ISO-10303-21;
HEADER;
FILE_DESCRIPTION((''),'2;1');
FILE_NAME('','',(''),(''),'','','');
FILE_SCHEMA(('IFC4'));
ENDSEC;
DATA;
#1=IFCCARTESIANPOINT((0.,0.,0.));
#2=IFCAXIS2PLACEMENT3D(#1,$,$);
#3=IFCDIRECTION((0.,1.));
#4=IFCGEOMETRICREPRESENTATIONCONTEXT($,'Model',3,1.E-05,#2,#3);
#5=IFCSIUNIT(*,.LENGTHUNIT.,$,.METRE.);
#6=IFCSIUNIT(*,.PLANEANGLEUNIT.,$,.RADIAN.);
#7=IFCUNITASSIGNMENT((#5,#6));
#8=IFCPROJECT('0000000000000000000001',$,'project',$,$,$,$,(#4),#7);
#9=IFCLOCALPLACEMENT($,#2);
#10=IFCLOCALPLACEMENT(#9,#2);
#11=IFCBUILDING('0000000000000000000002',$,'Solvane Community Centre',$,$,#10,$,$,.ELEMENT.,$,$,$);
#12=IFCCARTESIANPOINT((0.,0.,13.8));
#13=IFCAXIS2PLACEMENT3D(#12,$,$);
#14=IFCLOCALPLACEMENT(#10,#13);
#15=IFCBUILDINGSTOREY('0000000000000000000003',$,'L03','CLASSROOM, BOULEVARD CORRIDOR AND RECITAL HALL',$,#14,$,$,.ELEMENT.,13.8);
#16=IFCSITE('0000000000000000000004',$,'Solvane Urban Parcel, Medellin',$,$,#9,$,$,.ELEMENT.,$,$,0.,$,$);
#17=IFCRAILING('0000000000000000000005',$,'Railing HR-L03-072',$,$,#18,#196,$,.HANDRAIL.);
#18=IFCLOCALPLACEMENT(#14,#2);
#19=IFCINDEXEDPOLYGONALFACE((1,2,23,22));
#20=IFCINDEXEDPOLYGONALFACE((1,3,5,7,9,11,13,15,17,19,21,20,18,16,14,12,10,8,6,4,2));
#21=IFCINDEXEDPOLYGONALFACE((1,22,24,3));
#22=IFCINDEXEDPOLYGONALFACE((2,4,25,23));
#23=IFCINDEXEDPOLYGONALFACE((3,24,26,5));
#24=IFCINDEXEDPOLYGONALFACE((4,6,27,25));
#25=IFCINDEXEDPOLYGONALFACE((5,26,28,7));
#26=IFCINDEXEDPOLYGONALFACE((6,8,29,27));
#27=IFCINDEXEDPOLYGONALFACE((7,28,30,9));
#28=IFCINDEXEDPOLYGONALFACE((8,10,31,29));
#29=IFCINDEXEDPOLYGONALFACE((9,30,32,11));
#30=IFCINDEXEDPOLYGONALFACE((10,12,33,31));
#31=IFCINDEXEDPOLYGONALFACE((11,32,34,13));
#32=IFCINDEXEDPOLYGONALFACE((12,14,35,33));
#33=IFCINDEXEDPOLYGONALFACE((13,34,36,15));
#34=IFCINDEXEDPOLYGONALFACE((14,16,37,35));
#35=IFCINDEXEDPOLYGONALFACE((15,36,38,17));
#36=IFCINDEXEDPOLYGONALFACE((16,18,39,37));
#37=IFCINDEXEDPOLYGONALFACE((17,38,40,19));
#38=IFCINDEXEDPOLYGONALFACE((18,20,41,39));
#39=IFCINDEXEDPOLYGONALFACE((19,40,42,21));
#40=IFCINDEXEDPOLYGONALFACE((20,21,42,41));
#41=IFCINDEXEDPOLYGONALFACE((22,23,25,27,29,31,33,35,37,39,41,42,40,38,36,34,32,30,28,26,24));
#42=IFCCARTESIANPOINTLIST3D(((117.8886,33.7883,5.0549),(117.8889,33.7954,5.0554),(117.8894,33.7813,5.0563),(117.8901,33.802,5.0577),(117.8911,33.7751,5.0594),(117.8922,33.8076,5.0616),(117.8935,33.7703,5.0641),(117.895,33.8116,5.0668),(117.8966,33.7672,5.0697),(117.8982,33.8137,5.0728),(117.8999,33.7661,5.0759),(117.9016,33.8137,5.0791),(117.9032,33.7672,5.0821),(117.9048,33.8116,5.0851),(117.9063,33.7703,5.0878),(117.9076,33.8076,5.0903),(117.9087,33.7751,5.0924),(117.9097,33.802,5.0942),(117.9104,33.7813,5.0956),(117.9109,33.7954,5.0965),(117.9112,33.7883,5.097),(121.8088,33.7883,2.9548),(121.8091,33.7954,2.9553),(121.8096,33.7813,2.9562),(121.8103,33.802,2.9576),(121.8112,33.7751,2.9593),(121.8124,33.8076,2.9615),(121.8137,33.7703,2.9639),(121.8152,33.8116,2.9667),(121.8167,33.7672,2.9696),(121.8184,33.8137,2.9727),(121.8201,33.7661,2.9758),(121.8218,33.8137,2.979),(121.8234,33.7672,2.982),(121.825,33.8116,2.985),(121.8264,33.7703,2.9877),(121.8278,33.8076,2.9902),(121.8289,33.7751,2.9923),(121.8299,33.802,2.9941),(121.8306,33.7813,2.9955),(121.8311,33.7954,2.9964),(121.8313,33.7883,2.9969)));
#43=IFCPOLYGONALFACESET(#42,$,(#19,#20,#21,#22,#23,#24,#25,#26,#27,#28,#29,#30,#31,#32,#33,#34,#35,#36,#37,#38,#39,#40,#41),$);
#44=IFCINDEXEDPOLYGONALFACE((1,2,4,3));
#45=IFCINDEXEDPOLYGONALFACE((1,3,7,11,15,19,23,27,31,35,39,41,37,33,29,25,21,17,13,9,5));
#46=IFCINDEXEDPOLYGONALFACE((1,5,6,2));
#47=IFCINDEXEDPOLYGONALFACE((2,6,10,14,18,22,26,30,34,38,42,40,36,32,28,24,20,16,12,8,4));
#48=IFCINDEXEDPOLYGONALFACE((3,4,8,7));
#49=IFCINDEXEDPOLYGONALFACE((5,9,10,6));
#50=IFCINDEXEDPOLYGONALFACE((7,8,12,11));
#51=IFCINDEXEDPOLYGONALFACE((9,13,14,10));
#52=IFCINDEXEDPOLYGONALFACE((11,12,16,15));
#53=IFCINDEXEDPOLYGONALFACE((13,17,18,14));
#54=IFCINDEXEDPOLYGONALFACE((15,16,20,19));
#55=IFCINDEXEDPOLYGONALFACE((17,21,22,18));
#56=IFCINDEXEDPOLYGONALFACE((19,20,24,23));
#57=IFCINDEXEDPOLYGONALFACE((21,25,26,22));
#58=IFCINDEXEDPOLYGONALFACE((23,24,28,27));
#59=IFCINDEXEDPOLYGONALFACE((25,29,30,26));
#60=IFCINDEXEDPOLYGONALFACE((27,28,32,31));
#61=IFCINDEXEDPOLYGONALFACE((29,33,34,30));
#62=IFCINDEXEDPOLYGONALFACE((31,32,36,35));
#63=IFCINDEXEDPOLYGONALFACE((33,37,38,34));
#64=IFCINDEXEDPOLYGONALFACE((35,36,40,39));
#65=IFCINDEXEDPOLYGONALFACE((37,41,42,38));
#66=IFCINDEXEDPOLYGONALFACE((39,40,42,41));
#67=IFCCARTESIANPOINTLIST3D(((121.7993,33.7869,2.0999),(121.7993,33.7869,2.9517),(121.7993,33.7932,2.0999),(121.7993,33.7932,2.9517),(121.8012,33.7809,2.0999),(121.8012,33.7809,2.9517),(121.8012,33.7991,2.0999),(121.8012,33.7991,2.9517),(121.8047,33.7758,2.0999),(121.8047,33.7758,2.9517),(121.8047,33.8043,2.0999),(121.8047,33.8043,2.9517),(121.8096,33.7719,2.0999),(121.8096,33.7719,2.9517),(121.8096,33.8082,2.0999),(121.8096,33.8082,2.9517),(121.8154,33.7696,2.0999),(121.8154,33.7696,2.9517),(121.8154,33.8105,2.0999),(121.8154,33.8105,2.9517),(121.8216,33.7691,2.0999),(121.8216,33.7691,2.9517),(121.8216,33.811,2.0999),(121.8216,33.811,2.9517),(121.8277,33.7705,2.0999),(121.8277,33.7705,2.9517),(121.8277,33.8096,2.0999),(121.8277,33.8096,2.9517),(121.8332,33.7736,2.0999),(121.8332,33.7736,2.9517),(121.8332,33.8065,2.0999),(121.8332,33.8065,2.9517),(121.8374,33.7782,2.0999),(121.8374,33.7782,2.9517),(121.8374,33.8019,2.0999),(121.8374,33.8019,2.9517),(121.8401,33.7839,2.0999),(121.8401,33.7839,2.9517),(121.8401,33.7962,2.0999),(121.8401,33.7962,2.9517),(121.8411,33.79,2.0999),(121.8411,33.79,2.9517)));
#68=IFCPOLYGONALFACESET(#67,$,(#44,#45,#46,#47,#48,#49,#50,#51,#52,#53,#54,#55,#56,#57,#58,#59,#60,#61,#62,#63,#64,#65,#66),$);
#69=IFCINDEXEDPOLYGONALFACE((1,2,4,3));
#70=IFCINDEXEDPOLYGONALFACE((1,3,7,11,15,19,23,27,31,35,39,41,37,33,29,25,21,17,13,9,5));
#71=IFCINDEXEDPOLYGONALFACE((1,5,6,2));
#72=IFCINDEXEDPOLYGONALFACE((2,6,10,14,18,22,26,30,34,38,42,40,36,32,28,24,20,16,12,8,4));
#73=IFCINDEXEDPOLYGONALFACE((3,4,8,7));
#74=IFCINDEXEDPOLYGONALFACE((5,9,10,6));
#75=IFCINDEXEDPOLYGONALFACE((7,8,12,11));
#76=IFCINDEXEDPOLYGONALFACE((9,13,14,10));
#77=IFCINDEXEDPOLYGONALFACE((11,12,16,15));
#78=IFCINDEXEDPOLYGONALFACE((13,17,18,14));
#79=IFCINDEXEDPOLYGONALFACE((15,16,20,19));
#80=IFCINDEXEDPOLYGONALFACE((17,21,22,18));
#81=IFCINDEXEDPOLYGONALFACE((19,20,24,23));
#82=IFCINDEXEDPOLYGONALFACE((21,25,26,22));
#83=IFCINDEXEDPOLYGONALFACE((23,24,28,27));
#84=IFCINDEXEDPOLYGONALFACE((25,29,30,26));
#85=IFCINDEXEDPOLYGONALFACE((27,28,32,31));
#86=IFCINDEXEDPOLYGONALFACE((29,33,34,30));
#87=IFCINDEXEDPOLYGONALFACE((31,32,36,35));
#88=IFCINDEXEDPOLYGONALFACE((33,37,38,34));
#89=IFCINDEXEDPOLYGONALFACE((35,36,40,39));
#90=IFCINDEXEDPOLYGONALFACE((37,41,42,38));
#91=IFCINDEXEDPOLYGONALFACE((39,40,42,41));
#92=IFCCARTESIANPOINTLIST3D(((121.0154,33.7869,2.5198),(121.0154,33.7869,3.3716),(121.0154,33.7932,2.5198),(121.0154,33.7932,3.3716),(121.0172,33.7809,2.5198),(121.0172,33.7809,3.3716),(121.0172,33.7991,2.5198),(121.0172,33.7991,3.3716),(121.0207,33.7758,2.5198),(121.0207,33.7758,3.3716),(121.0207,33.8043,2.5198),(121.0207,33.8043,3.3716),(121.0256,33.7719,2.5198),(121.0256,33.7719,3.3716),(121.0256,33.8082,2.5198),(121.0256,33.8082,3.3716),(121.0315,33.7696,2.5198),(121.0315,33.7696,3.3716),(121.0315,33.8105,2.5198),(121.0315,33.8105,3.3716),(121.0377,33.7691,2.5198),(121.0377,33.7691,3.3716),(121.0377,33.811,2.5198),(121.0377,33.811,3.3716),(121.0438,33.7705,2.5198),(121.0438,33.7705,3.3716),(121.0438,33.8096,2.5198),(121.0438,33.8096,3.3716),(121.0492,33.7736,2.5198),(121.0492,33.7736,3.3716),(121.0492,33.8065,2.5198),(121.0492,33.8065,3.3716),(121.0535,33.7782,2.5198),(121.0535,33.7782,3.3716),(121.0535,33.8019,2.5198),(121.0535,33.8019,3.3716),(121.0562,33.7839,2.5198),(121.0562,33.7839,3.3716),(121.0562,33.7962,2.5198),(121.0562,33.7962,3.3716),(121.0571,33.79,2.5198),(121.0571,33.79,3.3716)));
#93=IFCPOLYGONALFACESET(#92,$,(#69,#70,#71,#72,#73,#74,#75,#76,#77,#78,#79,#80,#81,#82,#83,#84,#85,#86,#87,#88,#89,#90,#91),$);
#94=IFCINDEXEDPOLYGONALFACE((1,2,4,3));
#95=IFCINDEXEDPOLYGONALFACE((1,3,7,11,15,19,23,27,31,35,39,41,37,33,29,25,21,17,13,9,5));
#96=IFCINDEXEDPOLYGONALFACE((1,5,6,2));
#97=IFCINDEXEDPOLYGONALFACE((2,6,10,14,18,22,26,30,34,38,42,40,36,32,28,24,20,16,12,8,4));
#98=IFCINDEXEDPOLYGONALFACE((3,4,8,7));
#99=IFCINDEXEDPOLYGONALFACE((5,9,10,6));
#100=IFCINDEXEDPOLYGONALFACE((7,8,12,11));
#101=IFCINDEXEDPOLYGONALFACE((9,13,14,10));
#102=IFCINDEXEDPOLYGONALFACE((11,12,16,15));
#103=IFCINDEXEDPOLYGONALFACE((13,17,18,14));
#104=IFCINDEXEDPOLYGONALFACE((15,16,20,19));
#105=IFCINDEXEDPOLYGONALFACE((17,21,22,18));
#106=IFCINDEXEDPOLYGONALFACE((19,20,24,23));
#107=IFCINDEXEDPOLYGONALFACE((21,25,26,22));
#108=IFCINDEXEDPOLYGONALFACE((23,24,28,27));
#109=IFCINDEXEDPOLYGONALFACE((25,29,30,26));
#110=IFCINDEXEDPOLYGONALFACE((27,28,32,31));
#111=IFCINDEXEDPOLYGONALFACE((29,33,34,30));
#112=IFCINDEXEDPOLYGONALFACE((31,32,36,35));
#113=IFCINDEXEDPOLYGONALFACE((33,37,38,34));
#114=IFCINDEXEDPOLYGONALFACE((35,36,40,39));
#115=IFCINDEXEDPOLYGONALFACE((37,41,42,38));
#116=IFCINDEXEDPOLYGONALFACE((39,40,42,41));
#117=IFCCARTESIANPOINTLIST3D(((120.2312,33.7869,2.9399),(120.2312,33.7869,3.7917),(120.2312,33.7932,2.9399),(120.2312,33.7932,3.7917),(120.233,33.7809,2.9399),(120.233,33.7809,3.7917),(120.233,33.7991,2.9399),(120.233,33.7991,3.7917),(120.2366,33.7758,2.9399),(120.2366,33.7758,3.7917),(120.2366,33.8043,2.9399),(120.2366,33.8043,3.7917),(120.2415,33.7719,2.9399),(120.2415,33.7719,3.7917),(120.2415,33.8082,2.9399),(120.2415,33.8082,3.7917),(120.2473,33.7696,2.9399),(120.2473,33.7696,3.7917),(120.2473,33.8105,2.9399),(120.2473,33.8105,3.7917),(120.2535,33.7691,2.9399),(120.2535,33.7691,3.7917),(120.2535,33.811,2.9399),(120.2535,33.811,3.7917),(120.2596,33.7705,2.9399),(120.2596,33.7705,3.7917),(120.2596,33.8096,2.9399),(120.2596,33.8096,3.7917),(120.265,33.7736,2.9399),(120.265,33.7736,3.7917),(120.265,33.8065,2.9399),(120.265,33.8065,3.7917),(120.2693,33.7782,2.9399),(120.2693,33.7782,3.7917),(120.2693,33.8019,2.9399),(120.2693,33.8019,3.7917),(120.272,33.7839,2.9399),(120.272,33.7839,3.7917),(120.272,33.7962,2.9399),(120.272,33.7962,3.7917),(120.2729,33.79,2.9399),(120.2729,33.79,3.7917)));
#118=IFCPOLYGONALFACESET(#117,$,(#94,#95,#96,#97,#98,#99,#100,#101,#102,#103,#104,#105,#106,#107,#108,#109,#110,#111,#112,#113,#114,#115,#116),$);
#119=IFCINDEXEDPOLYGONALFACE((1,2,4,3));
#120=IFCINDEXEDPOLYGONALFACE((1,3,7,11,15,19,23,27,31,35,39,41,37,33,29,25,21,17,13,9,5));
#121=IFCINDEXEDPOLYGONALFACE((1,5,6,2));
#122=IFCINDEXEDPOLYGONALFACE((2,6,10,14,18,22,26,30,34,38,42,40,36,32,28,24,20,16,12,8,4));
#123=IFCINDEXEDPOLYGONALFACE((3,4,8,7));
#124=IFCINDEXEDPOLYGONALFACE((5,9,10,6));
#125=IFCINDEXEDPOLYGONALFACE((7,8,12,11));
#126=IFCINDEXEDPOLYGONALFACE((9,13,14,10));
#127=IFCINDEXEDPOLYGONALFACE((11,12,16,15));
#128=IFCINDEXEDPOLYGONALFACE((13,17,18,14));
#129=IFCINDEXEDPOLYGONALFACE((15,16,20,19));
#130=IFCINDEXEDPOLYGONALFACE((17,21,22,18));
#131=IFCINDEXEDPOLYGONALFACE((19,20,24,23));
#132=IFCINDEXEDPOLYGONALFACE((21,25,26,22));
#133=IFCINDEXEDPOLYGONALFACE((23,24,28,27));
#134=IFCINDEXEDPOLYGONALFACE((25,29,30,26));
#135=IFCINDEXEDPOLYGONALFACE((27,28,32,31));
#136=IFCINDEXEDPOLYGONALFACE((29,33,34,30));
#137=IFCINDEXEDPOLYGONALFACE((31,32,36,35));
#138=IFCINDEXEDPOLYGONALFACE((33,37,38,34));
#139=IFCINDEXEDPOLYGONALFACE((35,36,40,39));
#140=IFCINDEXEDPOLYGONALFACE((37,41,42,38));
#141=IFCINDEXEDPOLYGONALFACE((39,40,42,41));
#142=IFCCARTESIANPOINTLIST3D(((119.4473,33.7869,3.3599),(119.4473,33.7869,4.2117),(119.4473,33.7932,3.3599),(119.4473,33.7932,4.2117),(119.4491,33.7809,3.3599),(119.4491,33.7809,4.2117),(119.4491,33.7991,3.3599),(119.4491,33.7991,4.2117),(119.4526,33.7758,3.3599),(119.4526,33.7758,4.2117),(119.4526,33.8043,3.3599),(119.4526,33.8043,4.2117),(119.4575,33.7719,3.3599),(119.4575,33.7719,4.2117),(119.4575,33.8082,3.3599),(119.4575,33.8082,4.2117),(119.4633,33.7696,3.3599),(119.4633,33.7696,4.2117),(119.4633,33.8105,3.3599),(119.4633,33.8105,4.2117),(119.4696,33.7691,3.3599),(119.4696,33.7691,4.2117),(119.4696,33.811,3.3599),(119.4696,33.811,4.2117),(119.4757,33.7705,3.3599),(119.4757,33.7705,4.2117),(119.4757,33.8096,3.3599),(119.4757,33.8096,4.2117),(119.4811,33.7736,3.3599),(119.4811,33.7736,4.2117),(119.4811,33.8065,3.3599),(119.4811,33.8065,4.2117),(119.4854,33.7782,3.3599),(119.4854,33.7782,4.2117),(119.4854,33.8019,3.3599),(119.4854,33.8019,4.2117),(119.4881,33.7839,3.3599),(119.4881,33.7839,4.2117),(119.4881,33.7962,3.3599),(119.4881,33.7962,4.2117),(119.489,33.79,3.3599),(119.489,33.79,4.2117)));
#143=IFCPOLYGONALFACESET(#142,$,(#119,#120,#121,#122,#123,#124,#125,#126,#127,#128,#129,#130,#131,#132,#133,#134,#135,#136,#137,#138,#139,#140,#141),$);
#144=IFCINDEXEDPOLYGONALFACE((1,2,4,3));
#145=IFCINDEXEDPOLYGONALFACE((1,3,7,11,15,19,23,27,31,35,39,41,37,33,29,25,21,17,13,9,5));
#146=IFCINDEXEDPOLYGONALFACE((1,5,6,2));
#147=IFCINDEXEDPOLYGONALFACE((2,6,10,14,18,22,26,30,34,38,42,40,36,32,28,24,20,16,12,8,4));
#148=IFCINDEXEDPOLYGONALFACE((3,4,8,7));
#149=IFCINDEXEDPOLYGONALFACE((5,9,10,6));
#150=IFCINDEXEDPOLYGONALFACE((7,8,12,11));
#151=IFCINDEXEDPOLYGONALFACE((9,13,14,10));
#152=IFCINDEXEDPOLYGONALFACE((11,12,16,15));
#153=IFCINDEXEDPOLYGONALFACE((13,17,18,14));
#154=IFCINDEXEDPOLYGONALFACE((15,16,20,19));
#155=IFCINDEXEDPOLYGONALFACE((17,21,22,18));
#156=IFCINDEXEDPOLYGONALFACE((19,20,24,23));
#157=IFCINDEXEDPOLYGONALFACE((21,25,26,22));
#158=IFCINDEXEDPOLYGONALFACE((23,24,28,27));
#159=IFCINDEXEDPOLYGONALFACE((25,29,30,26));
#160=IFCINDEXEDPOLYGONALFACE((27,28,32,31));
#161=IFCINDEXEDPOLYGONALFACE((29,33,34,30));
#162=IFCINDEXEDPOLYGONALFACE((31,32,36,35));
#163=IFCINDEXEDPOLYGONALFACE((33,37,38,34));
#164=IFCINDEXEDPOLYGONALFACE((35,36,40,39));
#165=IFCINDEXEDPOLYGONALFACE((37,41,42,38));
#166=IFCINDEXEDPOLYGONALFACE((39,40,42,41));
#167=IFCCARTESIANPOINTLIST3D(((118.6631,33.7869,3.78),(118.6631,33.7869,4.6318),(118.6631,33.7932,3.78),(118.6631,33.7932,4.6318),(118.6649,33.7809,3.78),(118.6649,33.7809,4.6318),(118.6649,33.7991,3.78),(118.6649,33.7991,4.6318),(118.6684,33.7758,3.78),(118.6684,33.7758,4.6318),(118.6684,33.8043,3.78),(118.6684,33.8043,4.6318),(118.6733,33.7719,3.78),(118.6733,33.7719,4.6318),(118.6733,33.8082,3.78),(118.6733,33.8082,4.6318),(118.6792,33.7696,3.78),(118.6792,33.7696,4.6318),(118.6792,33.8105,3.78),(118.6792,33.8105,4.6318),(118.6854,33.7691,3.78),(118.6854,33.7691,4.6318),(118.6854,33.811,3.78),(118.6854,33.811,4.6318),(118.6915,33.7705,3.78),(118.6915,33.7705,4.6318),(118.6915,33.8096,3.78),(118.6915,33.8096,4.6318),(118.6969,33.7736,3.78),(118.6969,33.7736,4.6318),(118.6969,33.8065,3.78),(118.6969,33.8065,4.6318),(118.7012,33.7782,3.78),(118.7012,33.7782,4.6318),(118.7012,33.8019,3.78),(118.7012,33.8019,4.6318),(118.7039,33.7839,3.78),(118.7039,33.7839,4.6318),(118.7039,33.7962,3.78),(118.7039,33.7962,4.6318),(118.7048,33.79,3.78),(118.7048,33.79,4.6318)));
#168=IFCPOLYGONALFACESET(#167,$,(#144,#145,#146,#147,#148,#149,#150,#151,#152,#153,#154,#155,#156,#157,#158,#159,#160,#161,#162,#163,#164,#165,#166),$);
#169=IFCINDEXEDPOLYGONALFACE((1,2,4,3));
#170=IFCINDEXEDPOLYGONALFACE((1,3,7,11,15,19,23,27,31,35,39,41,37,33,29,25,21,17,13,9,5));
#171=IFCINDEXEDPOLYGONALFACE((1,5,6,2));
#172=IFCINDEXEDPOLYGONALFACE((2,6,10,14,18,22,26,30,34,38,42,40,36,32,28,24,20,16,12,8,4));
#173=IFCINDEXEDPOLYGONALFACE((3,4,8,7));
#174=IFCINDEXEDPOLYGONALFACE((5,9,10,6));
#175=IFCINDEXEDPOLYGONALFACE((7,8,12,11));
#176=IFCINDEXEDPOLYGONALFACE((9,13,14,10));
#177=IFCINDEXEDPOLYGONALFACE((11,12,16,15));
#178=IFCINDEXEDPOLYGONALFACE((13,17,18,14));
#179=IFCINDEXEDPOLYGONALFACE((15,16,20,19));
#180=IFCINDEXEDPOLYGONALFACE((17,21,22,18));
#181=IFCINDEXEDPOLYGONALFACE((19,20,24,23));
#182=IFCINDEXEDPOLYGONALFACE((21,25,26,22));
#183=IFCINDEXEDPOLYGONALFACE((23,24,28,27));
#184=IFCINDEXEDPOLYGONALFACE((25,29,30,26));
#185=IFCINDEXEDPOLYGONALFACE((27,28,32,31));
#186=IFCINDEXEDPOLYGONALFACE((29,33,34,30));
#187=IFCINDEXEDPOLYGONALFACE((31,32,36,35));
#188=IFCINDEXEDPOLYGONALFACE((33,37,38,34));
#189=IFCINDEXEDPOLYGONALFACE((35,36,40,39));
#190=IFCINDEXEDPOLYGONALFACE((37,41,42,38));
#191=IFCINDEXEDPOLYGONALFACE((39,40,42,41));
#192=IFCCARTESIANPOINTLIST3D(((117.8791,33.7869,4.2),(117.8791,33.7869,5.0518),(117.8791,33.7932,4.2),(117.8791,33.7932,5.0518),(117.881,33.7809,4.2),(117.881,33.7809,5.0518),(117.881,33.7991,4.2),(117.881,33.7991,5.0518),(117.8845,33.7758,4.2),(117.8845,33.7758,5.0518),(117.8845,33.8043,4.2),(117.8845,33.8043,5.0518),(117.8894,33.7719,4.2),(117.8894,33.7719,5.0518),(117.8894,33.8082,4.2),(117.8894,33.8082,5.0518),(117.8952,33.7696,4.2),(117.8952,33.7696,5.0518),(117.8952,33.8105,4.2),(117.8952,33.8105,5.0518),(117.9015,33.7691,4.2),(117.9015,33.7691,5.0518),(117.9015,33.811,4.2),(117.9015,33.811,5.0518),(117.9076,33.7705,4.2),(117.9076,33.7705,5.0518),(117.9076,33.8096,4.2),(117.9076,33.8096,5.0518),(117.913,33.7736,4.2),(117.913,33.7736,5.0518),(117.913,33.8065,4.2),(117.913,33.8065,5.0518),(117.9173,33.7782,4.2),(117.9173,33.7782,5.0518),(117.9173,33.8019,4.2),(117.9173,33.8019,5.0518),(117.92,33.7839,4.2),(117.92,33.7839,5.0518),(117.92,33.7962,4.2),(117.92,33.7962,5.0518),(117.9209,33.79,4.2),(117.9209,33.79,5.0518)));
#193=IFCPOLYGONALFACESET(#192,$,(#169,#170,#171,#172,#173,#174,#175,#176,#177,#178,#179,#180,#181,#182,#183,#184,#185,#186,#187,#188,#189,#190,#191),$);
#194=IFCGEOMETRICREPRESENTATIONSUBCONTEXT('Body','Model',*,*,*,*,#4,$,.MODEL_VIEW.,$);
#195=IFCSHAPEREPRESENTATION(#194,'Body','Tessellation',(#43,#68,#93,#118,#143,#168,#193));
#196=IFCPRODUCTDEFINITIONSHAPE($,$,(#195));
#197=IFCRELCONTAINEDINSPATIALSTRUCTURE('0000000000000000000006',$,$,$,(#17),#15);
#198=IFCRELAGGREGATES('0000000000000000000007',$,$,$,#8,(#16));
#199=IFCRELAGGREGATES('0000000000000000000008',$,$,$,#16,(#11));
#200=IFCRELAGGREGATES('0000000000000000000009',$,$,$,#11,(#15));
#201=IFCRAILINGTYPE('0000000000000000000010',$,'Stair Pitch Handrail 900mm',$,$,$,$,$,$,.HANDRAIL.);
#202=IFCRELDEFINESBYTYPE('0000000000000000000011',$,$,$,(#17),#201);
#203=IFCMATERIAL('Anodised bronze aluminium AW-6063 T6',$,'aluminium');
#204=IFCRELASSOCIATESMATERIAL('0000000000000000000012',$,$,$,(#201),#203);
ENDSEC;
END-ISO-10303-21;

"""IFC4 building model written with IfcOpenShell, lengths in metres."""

from ifc_helpers import new_model, si_unit, direction, frame, origin, origin_2d, place, context, subcontext, project, spatial, circle, extrude, material, type_object, element, save


model = new_model("IFC4")

# Units and contexts
model_context = context("Model", 3, precision=1e-05, world=origin(), true_north=direction((0.0, 1.0)))
body_context = subcontext(model_context, "Body", "Model", "MODEL_VIEW")
ifc_project = project(units=[si_unit("LENGTHUNIT", "METRE"), si_unit("PLANEANGLEUNIT", "RADIAN")], contexts=[model_context])

# Site, building, storey
site_placement = place(None, origin())
site = spatial("IfcSite", under=ifc_project, at=site_placement, Name="Solvane Urban Parcel, Medellin", CompositionType="ELEMENT", RefElevation=0.0)
building_placement = place(site_placement, origin())
building = spatial("IfcBuilding", under=site, at=building_placement, Name="Solvane Community Centre", CompositionType="ELEMENT")
storey_placement = place(building_placement, frame((0.0, 0.0, 13.8)))
storey = spatial("IfcBuildingStorey", under=building, at=storey_placement, Name="L03", Description="CLASSROOM, BOULEVARD CORRIDOR AND RECITAL HALL", CompositionType="ELEMENT", Elevation=13.8)

# Shared definitions
ifc_material_1 = material(Name="Anodised bronze aluminium AW-6063 T6", Category="aluminium")

# Railing
railing_type_1 = type_object("IfcRailingType", Name="Stair Pitch Handrail 900mm", PredefinedType="HANDRAIL", material=ifc_material_1)
railing_1_placement = place(storey_placement, frame((121.8201, 33.79, 2.0999)))
element("IfcRailing", 1, at=railing_1_placement, inside=storey, type_object=railing_type_1, Name="Railing HR-L03-072", PredefinedType="HANDRAIL", context=body_context, shape_type="SweptSolid", body=[
    extrude(circle(Radius=0.0239, at=origin_2d()), frame((0.0, 0.0, 0.876), z_axis=(-0.881479, 0.0, 0.472223), x_axis=(0.0, -1.0, 0.0)), (0.0, 0.0, 1.0), 4.4473),
    extrude(circle(Radius=0.021, at=origin_2d()), origin(), (0.0, 0.0, 1.0), 0.8518),
    extrude(circle(Radius=0.021, at=origin_2d()), frame((-0.7839, 0.0, 0.4199)), (0.0, 0.0, 1.0), 0.8518),
    extrude(circle(Radius=0.021, at=origin_2d()), frame((-1.5681, 0.0, 0.8401)), (0.0, 0.0, 1.0), 0.8518),
    extrude(circle(Radius=0.021, at=origin_2d()), frame((-2.3521, 0.0, 1.26)), (0.0, 0.0, 1.0), 0.8518),
    extrude(circle(Radius=0.021, at=origin_2d()), frame((-3.1362, 0.0, 1.6802)), (0.0, 0.0, 1.0), 0.8518),
    extrude(circle(Radius=0.021, at=origin_2d()), frame((-3.9202, 0.0, 2.1001)), (0.0, 0.0, 1.0), 0.8518),
])

save(model, "model.ifc")
